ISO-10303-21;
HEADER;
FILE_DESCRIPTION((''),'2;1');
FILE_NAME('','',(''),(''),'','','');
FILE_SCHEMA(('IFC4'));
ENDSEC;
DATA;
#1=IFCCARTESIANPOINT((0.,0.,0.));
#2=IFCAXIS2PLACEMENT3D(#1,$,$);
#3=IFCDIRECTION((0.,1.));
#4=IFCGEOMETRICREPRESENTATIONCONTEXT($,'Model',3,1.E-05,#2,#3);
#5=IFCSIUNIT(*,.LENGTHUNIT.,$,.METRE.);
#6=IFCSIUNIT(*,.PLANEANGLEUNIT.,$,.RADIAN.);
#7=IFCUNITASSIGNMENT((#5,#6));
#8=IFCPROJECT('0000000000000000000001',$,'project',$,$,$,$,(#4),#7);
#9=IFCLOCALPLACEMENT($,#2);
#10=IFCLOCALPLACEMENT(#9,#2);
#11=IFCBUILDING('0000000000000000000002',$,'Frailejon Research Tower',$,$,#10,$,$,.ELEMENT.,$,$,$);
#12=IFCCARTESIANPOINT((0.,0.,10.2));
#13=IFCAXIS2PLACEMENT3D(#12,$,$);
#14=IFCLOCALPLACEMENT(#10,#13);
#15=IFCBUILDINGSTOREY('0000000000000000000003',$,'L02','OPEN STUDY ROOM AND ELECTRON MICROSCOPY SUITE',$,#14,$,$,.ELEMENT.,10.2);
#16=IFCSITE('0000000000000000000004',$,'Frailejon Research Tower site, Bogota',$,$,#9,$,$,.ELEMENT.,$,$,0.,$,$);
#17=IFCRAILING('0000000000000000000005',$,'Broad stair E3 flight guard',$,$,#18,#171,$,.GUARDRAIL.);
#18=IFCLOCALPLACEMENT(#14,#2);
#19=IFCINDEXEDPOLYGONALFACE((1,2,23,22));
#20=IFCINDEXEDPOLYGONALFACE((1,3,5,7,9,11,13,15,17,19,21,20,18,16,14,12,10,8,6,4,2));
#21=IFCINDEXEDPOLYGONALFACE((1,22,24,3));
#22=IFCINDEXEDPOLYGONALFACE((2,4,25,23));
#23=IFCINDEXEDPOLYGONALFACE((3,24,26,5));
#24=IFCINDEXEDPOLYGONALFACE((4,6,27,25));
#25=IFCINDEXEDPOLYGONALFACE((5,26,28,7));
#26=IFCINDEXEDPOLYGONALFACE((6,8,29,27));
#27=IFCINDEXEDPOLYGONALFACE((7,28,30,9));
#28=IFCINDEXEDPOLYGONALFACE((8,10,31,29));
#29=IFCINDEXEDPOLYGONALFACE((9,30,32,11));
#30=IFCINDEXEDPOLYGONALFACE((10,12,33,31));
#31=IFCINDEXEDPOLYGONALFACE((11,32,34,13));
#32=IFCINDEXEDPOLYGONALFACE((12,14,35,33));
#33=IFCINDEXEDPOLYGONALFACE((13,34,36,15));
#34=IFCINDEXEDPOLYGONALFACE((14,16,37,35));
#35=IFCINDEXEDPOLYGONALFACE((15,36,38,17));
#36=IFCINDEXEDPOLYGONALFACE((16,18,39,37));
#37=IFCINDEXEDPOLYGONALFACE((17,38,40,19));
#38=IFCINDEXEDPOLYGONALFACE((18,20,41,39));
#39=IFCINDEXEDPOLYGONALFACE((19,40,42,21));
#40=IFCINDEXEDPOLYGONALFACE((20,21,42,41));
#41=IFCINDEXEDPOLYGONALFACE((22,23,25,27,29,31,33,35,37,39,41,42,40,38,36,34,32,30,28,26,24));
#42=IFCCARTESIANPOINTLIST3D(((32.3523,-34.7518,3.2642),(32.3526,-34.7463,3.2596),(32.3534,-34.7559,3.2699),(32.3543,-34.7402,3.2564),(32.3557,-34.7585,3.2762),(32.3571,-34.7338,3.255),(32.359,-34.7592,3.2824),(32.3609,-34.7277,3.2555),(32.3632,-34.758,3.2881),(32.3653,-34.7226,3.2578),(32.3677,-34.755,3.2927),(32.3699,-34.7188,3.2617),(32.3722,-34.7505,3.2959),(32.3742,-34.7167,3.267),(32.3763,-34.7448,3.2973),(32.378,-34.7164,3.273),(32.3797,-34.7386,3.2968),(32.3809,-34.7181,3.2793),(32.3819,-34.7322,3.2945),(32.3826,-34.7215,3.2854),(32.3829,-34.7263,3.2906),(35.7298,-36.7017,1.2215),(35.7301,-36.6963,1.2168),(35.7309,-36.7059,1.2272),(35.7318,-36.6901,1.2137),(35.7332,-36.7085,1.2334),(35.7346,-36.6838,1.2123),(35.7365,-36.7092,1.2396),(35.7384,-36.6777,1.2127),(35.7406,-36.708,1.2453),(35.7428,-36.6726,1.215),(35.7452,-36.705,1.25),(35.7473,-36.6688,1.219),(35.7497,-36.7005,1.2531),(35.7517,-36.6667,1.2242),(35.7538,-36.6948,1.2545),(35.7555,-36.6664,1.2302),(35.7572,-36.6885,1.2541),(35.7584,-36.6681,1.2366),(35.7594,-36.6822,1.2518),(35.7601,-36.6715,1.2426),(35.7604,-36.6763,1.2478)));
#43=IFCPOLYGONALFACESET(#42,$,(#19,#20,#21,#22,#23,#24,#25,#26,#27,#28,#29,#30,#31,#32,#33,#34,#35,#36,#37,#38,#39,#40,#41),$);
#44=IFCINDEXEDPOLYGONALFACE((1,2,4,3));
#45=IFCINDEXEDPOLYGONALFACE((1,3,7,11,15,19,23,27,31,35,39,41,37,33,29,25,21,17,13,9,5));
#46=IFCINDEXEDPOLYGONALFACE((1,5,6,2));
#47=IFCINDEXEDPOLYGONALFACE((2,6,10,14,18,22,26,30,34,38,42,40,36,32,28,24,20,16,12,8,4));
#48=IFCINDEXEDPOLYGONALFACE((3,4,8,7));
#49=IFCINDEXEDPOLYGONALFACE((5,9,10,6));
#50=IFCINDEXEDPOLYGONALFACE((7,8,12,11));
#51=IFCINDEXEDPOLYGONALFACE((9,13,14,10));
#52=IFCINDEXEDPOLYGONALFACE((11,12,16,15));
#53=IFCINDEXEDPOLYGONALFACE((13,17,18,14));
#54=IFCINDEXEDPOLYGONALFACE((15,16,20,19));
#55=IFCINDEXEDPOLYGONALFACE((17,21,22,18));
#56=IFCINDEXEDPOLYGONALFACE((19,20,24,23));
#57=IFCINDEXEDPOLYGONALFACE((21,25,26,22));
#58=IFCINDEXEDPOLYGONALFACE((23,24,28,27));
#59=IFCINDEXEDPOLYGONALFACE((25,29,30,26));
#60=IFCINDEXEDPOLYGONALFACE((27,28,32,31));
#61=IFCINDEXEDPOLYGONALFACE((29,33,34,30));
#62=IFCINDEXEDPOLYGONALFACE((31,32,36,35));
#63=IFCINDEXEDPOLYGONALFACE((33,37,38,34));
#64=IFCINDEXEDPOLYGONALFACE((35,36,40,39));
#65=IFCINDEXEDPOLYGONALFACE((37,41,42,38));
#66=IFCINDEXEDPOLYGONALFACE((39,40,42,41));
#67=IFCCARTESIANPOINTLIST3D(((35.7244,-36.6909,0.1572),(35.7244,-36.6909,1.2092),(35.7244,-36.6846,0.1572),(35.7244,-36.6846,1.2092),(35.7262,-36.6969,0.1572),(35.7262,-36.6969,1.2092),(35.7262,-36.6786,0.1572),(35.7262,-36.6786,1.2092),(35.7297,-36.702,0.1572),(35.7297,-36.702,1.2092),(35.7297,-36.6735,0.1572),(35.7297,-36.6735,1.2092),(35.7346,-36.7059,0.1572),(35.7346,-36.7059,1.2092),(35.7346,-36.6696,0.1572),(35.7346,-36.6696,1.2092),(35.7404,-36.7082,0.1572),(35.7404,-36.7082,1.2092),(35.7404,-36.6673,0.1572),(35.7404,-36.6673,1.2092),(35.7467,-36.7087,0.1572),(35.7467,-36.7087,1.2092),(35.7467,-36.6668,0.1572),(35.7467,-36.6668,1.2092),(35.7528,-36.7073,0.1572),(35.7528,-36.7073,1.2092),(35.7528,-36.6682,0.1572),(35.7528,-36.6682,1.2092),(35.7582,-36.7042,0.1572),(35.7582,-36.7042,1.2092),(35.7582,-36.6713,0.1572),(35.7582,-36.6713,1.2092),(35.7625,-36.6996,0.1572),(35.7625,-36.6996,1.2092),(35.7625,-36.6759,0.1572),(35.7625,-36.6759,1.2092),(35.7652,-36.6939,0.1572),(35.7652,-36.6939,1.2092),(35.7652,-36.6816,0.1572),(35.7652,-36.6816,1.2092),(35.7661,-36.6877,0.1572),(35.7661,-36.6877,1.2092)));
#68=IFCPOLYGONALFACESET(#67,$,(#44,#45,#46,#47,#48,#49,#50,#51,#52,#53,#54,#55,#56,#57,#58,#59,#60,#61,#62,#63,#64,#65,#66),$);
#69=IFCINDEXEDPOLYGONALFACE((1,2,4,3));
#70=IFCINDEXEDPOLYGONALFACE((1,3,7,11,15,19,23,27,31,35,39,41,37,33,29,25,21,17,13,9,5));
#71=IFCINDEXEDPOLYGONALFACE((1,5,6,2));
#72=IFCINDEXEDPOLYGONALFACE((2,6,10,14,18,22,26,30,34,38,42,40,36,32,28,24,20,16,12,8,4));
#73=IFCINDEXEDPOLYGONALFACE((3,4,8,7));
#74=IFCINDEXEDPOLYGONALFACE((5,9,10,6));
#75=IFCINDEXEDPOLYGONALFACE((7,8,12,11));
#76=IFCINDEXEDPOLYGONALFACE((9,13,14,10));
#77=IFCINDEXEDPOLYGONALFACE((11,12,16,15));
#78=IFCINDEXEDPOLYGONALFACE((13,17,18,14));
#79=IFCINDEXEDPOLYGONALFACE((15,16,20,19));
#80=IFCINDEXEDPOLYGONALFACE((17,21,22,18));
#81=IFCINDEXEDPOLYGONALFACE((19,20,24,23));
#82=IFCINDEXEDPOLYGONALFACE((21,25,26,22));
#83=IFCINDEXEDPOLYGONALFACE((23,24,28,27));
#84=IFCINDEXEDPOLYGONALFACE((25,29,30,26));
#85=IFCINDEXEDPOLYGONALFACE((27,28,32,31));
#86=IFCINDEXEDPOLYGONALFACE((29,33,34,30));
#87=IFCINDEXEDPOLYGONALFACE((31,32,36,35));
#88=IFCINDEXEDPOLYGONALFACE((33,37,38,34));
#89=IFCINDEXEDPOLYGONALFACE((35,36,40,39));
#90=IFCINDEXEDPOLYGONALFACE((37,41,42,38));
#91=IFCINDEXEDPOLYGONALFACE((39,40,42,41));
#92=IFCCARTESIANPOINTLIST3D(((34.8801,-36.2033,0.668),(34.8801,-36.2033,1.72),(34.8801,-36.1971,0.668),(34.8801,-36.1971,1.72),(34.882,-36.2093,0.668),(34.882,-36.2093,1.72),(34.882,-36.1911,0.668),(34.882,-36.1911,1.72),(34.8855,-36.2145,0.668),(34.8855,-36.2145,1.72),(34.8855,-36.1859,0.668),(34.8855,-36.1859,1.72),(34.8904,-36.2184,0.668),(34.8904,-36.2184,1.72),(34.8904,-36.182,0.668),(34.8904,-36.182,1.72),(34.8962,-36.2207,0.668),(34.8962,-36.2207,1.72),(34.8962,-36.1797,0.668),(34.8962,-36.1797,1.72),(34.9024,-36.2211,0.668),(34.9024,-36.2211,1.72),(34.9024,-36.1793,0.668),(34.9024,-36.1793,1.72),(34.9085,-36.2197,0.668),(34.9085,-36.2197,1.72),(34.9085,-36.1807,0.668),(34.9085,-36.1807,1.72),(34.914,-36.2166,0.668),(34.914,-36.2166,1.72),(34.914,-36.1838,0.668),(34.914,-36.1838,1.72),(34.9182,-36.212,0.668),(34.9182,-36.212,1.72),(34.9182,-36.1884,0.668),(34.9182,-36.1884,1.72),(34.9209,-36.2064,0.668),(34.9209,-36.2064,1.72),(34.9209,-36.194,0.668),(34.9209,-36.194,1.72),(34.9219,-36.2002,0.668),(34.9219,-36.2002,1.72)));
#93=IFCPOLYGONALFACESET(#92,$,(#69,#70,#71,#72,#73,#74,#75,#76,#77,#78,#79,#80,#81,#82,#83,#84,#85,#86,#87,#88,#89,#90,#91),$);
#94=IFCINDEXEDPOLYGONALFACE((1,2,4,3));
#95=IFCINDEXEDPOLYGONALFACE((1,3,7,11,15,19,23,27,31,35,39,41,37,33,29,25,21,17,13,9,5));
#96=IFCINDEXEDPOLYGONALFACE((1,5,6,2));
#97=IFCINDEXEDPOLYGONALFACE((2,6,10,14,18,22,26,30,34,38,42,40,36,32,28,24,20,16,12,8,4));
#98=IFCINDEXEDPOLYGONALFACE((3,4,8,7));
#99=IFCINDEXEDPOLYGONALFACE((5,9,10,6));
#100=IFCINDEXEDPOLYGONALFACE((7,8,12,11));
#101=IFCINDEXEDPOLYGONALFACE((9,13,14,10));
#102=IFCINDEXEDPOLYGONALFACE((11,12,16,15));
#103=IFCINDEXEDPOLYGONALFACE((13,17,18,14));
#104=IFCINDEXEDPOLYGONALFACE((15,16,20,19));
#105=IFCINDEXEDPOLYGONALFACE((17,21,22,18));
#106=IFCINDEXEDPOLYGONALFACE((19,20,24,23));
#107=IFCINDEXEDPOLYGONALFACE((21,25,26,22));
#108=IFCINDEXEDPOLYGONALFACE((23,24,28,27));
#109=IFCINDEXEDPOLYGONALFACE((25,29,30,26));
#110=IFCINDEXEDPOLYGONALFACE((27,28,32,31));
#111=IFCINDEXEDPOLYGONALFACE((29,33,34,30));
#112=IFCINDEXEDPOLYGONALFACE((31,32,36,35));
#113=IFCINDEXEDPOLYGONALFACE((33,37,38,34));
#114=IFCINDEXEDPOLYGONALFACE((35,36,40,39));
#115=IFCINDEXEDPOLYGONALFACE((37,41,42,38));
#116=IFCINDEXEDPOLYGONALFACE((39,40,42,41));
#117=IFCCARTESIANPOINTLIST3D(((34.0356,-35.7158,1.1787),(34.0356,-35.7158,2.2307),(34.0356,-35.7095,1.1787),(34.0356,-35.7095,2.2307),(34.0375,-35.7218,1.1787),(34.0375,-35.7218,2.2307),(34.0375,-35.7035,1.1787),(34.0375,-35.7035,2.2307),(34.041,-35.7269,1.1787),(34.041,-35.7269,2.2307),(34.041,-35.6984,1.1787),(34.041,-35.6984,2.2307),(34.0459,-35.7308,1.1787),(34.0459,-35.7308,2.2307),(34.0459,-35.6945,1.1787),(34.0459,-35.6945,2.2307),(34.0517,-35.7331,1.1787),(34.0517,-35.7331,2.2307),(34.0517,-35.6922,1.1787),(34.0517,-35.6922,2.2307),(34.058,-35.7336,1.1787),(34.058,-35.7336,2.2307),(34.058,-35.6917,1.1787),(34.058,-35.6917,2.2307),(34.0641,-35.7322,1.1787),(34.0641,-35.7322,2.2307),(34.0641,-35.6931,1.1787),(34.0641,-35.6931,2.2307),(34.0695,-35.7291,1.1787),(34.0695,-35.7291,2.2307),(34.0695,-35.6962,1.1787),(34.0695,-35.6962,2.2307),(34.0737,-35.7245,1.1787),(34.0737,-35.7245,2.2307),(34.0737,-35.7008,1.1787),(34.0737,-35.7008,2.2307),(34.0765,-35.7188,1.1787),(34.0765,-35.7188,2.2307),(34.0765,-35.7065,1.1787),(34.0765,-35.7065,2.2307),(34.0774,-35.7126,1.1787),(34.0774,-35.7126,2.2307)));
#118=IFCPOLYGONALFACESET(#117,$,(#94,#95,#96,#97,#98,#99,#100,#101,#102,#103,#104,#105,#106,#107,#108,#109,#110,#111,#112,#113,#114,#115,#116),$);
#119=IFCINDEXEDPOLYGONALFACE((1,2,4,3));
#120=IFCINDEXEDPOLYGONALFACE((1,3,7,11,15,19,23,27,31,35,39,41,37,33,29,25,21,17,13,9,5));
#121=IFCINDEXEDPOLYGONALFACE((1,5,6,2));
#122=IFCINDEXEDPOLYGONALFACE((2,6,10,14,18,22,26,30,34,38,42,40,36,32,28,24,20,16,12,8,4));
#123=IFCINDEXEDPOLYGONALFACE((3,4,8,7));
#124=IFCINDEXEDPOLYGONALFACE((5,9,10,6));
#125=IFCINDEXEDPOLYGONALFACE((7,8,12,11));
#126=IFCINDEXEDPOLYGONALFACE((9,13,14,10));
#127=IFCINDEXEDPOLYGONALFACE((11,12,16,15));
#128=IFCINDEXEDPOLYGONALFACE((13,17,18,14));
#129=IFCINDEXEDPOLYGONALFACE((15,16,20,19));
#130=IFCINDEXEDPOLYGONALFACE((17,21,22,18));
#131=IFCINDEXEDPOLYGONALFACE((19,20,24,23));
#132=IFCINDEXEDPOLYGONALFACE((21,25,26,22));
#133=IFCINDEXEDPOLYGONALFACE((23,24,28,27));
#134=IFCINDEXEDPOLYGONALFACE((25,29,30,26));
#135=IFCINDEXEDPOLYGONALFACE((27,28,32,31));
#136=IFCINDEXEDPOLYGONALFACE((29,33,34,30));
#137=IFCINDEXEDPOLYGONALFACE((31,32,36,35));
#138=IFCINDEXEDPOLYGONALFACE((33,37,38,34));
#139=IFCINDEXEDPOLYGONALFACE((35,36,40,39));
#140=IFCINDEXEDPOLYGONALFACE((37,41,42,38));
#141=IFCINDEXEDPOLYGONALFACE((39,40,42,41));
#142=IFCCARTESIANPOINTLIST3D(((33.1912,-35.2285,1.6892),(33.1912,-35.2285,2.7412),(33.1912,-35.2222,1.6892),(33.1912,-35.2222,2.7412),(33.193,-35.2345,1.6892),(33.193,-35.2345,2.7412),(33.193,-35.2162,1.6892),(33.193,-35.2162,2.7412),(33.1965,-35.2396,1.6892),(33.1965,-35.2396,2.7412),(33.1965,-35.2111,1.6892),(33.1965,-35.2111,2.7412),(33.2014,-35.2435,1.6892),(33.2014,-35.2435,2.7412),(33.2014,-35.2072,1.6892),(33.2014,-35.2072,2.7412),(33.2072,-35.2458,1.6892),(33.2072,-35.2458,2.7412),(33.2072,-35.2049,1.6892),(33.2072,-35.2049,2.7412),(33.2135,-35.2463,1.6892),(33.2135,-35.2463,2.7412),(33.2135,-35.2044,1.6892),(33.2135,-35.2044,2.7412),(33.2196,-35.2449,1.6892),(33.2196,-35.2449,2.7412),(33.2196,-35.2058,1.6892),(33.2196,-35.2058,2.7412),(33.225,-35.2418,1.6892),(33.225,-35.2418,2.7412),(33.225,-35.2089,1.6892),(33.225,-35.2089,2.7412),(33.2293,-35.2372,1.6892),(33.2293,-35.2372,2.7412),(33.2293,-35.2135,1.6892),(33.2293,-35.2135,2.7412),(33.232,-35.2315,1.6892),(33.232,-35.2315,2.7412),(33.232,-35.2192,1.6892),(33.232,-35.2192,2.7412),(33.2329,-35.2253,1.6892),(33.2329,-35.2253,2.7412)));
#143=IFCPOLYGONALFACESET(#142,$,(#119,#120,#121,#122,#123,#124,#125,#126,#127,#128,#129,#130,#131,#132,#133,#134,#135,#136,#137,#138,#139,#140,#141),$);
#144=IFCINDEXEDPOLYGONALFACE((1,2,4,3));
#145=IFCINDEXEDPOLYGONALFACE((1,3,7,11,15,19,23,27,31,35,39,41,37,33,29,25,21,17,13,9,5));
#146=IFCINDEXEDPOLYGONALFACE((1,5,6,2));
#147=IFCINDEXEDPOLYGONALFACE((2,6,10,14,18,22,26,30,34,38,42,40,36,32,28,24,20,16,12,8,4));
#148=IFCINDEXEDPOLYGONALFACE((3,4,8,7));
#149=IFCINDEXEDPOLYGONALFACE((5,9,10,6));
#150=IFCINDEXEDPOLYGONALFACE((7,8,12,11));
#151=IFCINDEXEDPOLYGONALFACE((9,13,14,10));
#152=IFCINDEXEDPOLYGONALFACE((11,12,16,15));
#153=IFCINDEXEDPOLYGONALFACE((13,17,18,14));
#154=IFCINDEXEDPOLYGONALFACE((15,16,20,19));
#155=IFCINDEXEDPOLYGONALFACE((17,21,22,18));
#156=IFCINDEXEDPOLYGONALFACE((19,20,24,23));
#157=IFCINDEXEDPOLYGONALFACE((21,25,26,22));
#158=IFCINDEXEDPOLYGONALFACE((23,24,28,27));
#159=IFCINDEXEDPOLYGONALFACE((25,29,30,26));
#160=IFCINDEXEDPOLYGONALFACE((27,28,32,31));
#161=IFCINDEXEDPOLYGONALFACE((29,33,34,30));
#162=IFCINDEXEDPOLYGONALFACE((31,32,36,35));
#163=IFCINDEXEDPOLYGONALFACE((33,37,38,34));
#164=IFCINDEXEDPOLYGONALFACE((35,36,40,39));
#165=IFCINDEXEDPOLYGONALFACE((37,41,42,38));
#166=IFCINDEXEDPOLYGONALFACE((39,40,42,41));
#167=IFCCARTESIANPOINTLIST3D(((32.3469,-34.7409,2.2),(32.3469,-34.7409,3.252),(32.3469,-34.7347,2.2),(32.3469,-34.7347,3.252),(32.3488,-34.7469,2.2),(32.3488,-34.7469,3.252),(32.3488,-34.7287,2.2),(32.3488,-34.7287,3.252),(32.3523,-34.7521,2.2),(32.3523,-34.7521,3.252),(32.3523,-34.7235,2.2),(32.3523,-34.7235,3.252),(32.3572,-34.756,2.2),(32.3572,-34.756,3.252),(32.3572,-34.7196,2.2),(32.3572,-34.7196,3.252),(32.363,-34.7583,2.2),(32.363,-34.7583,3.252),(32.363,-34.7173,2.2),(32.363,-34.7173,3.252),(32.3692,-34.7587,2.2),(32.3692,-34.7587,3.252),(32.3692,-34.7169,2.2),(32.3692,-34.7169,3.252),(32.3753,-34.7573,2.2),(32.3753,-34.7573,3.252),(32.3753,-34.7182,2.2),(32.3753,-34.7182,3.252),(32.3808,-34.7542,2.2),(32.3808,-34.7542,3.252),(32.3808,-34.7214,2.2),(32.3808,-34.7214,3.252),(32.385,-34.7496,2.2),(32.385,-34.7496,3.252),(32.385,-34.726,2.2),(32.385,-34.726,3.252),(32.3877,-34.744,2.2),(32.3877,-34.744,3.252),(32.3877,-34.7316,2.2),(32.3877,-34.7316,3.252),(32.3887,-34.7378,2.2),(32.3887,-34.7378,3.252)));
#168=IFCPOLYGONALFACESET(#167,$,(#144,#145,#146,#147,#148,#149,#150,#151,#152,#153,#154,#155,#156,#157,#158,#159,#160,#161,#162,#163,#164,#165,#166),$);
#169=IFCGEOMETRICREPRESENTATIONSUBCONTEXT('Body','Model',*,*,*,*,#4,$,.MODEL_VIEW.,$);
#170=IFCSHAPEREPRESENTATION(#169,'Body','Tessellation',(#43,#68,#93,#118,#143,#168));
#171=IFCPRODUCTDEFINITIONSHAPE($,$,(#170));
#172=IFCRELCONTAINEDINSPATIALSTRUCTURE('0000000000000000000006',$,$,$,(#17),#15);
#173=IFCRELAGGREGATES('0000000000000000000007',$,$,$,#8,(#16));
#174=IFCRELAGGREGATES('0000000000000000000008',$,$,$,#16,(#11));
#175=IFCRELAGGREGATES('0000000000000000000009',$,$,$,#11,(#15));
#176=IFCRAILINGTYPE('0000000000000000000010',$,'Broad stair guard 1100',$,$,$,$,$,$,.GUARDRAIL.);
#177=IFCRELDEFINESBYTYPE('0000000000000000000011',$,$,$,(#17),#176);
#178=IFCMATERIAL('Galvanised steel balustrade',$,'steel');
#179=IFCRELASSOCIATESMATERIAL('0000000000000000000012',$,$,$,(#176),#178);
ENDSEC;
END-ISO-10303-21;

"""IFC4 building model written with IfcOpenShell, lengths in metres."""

from ifc_helpers import new_model, si_unit, direction, frame, origin, origin_2d, place, context, subcontext, project, spatial, circle, extrude, material, type_object, element, save


model = new_model("IFC4")

# Units and contexts
model_context = context("Model", 3, precision=1e-05, world=origin(), true_north=direction((0.0, 1.0)))
body_context = subcontext(model_context, "Body", "Model", "MODEL_VIEW")
ifc_project = project(units=[si_unit("LENGTHUNIT", "METRE"), si_unit("PLANEANGLEUNIT", "RADIAN")], contexts=[model_context])

# Site, building, storey
site_placement = place(None, origin())
site = spatial("IfcSite", under=ifc_project, at=site_placement, Name="Frailejon Research Tower site, Bogota", CompositionType="ELEMENT", RefElevation=0.0)
building_placement = place(site_placement, origin())
building = spatial("IfcBuilding", under=site, at=building_placement, Name="Frailejon Research Tower", CompositionType="ELEMENT")
storey_placement = place(building_placement, frame((0.0, 0.0, 10.2)))
storey = spatial("IfcBuildingStorey", under=building, at=storey_placement, Name="L02", Description="OPEN STUDY ROOM AND ELECTRON MICROSCOPY SUITE", CompositionType="ELEMENT", Elevation=10.2)

# Railing
ifc_material_1 = material(Name="Galvanised steel balustrade", Category="steel")
railing_type_1 = type_object("IfcRailingType", Name="Broad stair guard 1100", PredefinedType="GUARDRAIL", material=ifc_material_1)
railing_1_placement = place(storey_placement, frame((35.7451, -36.6877, 0.1572)))
element("IfcRailing", 1, at=railing_1_placement, inside=storey, type_object=railing_type_1, Name="Broad stair E3 flight guard", PredefinedType="GUARDRAIL", context=body_context, shape_type="SweptSolid", body=[
    extrude(circle(Radius=0.0239, at=origin_2d()), frame((0.0, 0.0, 1.0762), z_axis=(-0.767162, 0.442917, 0.46399), x_axis=(-0.499997, -0.866027, 0.0)), (0.0, 0.0, 1.0), 4.4026),
    extrude(circle(Radius=0.021, at=origin_2d()), origin(), (0.0, 0.0, 1.0), 1.052),
    extrude(circle(Radius=0.021, at=origin_2d()), frame((-0.8442, 0.4875, 0.5107)), (0.0, 0.0, 1.0), 1.052),
    extrude(circle(Radius=0.021, at=origin_2d()), frame((-1.6887, 0.9751, 1.0215)), (0.0, 0.0, 1.0), 1.052),
    extrude(circle(Radius=0.021, at=origin_2d()), frame((-2.5332, 1.4624, 1.532)), (0.0, 0.0, 1.0), 1.052),
    extrude(circle(Radius=0.021, at=origin_2d()), frame((-3.3774, 1.95, 2.0427)), (0.0, 0.0, 1.0), 1.052),
])

save(model, "model.ifc")
